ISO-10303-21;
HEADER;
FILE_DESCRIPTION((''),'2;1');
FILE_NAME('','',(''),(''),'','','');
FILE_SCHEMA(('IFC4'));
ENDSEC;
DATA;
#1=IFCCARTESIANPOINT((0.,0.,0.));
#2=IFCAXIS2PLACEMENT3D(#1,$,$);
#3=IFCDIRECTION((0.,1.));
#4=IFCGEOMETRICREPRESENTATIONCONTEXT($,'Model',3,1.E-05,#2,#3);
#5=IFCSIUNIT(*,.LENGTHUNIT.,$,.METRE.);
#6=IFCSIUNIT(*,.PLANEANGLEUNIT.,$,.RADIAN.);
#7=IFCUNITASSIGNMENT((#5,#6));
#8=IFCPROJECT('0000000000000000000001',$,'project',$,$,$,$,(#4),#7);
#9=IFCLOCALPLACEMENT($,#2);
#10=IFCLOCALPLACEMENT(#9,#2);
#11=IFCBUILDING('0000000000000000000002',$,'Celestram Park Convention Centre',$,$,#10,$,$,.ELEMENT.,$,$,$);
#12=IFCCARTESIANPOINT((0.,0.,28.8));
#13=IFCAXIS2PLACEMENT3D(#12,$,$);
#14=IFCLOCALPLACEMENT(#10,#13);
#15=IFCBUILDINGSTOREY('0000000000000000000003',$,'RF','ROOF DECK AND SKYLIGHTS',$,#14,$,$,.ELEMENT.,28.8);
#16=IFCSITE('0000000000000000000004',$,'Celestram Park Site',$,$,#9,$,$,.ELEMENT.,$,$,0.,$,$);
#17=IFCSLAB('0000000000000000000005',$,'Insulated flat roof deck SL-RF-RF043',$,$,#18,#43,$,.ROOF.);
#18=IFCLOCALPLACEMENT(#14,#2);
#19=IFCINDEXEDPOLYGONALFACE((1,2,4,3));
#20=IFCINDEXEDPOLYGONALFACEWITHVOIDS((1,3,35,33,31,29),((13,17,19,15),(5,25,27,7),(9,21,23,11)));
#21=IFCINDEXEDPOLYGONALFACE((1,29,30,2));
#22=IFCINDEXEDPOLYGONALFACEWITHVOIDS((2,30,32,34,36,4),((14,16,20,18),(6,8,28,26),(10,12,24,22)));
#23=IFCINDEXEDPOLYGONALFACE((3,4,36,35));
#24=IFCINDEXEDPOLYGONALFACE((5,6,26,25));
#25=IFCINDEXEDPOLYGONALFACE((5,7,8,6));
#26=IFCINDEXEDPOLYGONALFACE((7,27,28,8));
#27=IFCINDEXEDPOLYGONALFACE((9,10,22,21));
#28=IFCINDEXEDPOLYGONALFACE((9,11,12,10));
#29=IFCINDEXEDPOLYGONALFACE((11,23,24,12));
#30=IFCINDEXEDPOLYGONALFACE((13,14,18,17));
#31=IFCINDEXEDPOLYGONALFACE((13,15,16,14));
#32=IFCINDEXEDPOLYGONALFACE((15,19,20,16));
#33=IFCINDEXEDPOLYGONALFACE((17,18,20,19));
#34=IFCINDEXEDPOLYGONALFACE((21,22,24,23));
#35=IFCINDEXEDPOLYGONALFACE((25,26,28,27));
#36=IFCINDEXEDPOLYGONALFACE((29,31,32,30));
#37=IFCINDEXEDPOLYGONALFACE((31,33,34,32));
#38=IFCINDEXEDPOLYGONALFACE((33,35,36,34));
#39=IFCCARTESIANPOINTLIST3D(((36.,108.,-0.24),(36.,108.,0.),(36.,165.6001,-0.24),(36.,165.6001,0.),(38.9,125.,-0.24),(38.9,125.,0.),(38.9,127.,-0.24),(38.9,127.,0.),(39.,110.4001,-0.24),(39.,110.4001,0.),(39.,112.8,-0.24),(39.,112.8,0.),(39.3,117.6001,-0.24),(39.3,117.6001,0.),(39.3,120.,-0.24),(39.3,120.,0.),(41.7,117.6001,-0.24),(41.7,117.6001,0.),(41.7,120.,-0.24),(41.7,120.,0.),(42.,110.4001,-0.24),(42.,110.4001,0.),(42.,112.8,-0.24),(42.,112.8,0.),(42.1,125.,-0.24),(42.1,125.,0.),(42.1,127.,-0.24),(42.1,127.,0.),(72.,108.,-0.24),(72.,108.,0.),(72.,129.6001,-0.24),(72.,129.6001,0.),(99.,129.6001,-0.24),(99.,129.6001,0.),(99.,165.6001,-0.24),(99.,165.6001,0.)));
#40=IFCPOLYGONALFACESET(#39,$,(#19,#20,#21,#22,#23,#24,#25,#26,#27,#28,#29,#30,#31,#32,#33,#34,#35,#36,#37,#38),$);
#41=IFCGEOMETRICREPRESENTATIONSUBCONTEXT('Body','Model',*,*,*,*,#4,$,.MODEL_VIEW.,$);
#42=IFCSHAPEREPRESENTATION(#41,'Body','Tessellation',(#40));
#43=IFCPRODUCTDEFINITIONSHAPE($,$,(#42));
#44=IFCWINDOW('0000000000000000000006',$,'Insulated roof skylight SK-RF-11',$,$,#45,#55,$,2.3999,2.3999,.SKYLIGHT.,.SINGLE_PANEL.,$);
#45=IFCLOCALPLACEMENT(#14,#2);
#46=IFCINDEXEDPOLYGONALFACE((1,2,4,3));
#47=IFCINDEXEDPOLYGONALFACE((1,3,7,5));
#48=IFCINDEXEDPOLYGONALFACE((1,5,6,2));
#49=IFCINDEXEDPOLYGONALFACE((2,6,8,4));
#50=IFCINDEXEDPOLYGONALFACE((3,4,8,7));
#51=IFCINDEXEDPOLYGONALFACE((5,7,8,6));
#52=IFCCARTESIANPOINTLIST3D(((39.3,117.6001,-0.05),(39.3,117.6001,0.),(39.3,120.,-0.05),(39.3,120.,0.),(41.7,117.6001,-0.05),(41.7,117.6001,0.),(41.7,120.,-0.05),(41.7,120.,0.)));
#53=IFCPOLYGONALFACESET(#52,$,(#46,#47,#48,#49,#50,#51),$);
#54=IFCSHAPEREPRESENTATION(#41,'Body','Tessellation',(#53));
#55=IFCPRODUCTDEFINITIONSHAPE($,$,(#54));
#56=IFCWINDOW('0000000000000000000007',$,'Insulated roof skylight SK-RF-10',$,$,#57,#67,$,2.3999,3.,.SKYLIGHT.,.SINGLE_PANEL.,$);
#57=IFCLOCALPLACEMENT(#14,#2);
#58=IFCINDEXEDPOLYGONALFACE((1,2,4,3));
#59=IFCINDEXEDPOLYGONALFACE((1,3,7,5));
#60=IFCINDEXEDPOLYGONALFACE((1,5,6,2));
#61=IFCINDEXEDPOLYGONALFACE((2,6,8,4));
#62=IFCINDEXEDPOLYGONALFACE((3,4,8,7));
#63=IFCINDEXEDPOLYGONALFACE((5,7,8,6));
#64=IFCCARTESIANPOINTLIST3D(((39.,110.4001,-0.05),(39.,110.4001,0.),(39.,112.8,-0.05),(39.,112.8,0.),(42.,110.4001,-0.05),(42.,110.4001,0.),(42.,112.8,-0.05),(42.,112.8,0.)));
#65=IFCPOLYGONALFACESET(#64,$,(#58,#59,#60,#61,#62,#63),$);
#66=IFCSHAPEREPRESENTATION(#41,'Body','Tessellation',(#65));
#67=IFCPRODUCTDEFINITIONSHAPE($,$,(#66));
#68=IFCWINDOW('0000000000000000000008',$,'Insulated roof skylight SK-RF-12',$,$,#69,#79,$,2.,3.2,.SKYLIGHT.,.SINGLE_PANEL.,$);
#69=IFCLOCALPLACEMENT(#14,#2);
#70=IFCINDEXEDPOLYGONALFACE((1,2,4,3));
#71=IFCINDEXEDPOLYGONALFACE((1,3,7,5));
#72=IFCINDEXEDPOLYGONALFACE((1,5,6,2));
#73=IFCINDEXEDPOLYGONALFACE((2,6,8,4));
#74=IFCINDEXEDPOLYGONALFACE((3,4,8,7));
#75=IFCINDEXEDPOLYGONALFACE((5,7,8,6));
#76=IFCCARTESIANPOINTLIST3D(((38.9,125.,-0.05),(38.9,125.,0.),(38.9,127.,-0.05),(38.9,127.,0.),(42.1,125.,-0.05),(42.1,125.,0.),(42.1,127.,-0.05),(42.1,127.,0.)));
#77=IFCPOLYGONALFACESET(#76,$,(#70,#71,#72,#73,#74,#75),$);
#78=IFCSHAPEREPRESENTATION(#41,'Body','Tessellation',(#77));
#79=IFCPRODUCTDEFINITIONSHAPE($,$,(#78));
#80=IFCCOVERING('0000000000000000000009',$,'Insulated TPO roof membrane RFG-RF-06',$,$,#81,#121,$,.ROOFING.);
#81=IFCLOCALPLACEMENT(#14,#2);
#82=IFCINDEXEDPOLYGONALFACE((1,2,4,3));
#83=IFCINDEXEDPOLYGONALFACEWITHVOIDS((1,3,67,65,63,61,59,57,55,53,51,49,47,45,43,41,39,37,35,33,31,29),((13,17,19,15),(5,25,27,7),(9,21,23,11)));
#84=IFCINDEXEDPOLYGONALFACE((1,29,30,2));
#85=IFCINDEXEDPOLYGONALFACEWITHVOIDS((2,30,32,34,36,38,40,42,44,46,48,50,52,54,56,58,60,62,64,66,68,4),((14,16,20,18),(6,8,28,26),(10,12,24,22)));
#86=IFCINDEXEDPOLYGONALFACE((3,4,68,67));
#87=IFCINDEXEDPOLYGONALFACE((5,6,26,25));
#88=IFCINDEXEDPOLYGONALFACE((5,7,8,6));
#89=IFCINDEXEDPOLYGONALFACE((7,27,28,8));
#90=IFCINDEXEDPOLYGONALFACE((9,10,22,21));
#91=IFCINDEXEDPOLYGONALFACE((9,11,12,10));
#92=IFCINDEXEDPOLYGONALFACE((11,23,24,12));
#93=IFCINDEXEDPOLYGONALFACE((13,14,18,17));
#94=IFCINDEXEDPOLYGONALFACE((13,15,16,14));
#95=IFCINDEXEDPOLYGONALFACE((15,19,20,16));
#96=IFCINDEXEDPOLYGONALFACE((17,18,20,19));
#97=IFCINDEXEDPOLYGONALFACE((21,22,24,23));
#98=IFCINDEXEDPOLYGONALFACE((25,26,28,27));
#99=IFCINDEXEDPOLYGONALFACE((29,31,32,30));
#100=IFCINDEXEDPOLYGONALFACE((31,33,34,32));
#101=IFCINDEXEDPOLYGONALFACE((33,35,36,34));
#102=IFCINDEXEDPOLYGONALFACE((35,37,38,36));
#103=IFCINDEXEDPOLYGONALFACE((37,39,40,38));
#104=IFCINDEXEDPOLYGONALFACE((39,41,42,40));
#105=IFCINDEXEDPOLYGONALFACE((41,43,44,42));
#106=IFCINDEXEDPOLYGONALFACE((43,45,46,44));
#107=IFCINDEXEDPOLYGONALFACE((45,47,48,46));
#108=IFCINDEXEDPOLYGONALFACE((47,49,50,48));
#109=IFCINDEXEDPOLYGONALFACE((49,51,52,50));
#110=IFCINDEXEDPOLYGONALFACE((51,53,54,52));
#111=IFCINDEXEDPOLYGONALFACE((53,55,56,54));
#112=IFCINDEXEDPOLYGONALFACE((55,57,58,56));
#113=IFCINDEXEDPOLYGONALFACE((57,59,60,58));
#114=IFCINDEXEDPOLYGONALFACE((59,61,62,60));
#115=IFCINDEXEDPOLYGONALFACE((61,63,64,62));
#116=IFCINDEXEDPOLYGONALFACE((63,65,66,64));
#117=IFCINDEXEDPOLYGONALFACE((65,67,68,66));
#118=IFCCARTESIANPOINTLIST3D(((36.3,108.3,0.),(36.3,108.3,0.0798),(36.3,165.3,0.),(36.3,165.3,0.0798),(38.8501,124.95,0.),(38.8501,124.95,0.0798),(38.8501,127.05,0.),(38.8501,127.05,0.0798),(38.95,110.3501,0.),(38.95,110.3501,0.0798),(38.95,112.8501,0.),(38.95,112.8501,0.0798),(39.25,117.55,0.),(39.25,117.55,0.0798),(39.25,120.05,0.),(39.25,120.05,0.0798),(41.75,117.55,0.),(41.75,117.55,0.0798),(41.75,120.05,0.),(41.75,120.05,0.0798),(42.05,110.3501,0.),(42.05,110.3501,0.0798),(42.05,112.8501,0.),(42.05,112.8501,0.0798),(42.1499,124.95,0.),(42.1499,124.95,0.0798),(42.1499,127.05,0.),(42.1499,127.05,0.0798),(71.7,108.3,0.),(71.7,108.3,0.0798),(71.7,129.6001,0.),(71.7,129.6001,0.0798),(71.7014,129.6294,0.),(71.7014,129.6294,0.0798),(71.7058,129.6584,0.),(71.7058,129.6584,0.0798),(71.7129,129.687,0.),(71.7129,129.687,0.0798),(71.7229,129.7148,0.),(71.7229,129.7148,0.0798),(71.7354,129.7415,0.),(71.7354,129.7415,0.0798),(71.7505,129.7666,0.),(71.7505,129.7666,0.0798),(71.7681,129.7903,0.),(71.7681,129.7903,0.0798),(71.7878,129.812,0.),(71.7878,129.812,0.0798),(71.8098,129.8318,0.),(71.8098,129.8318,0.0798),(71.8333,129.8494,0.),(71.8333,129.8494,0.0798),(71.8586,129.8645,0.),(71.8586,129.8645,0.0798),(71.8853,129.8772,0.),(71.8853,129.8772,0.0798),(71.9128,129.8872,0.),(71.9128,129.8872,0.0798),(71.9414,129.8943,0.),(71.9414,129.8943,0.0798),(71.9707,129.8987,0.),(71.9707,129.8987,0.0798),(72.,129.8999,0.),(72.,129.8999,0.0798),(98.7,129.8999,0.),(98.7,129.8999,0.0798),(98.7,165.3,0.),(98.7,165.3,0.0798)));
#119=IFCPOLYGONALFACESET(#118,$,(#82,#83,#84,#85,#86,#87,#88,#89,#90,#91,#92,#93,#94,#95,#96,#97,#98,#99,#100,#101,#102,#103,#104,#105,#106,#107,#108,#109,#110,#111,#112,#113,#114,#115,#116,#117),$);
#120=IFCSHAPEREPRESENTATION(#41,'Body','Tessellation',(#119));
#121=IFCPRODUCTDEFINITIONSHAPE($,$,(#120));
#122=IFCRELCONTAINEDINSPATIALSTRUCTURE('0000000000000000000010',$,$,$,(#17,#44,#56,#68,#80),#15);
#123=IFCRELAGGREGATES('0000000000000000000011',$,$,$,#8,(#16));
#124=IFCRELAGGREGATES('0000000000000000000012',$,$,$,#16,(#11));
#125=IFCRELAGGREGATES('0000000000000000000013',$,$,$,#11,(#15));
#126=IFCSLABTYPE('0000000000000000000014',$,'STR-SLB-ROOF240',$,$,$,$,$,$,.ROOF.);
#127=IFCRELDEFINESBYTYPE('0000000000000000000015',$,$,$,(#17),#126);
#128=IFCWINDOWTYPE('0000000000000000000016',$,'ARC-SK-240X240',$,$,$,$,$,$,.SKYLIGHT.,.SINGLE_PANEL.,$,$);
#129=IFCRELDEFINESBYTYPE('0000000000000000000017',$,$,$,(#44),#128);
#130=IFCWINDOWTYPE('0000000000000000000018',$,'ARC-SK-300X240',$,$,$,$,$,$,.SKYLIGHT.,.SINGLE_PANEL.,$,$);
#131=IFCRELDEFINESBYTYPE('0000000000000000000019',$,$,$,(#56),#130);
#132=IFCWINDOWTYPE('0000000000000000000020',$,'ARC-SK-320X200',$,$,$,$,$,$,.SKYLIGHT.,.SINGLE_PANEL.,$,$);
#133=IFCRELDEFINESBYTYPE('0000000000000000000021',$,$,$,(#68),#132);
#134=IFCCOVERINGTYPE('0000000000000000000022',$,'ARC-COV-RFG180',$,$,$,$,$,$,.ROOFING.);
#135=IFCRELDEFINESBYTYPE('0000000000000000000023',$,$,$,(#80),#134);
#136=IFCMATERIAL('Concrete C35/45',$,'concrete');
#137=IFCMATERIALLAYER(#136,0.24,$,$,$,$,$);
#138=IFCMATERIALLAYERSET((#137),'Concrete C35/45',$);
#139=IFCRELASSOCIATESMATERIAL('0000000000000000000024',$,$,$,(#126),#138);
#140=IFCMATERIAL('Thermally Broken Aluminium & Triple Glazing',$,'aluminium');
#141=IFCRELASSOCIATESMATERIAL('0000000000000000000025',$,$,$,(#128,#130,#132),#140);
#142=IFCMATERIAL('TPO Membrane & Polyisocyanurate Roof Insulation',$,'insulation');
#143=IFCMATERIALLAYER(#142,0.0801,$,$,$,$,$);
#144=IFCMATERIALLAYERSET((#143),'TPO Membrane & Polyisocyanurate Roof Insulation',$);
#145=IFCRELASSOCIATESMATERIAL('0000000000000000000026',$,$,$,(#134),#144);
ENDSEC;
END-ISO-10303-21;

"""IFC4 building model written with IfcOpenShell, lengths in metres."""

from ifc_helpers import new_model, si_unit, direction, frame, origin, origin_2d, place, context, subcontext, project, spatial, polyline, rectangle, outline, extrude, material, layer, layer_set, type_object, element, fill, save


model = new_model("IFC4")

# Units and contexts
model_context = context("Model", 3, precision=1e-05, world=origin(), true_north=direction((0.0, 1.0)))
body_context = subcontext(model_context, "Body", "Model", "MODEL_VIEW")
ifc_project = project(units=[si_unit("LENGTHUNIT", "METRE"), si_unit("PLANEANGLEUNIT", "RADIAN")], contexts=[model_context])

# Site, building, storey
site_placement = place(None, origin())
site = spatial("IfcSite", under=ifc_project, at=site_placement, Name="Celestram Park Site", CompositionType="ELEMENT", RefElevation=0.0)
building_placement = place(site_placement, origin())
building = spatial("IfcBuilding", under=site, at=building_placement, Name="Celestram Park Convention Centre", CompositionType="ELEMENT")
storey_placement = place(building_placement, frame((0.0, 0.0, 28.8)))
storey = spatial("IfcBuildingStorey", under=building, at=storey_placement, Name="RF", Description="ROOF DECK AND SKYLIGHTS", CompositionType="ELEMENT", Elevation=28.8)

# Slab, openings, windows
ifc_material_1 = material(Name="Concrete C35/45", Category="concrete")
ifc_layer_1 = layer(ifc_material_1, 0.24)
ifc_layer_set_1 = layer_set([ifc_layer_1], Name="Concrete C35/45")
slab_type = type_object("IfcSlabType", Name="STR-SLB-ROOF240", PredefinedType="ROOF", material=ifc_layer_set_1)
slab_placement = place(storey_placement, frame((0.0, 0.0, -0.24)))
slab = element("IfcSlab", 1, at=slab_placement, inside=storey, type_object=slab_type, Name="Insulated flat roof deck SL-RF-RF043", PredefinedType="ROOF", context=body_context, shape_type="SweptSolid", body=[
    extrude(outline(polyline([(36.0, 129.6001), (36.0, 136.8), (36.0, 165.6001), (99.0, 165.6001), (99.0, 129.6001), (72.0, 129.6001), (72.0, 108.0), (36.0, 108.0), (36.0, 129.6001)])), origin(), (0.0, 0.0, 1.0), 0.24),
])
opening_1_placement = place(slab_placement, frame((40.5, 111.6001, -0.01)))
opening_1 = element("IfcOpeningElement", 2, at=opening_1_placement, cuts=slab, PredefinedType="OPENING", context=body_context, shape_type="SweptSolid", body=[
    extrude(rectangle(XDim=3.0, YDim=2.3999, at=origin_2d()), origin(), (0.0, 0.0, 1.0), 0.26),
])
opening_2_placement = place(slab_placement, frame((40.5, 118.8, -0.01)))
opening_2 = element("IfcOpeningElement", 3, at=opening_2_placement, cuts=slab, PredefinedType="OPENING", context=body_context, shape_type="SweptSolid", body=[
    extrude(rectangle(XDim=2.3999, YDim=2.3999, at=origin_2d()), origin(), (0.0, 0.0, 1.0), 0.26),
])
opening_3_placement = place(slab_placement, frame((40.5, 126.0, -0.01)))
opening_3 = element("IfcOpeningElement", 4, at=opening_3_placement, cuts=slab, PredefinedType="OPENING", context=body_context, shape_type="SweptSolid", body=[
    extrude(rectangle(XDim=3.2, YDim=2.0, at=origin_2d()), origin(), (0.0, 0.0, 1.0), 0.26),
])
ifc_material_2 = material(Name="Thermally Broken Aluminium & Triple Glazing", Category="aluminium")
window_type_1 = type_object("IfcWindowType", Name="ARC-SK-240X240", PartitioningType="SINGLE_PANEL", PredefinedType="SKYLIGHT", material=ifc_material_2)
window_1_placement = place(opening_2_placement, frame((0.0, 0.0, 0.2)))
window_1 = element("IfcWindow", 5, at=window_1_placement, inside=storey, type_object=window_type_1, Name="Insulated roof skylight SK-RF-11", OverallHeight=2.3999, OverallWidth=2.3999, PartitioningType="SINGLE_PANEL", PredefinedType="SKYLIGHT", context=body_context, shape_type="SweptSolid", body=[
    extrude(rectangle(XDim=2.3999, YDim=2.3999, at=origin_2d()), origin(), (0.0, 0.0, 1.0), 0.05),
])
fill(opening_2, window_1)
window_type_2 = type_object("IfcWindowType", Name="ARC-SK-300X240", PartitioningType="SINGLE_PANEL", PredefinedType="SKYLIGHT", material=ifc_material_2)
window_2_placement = place(opening_1_placement, frame((0.0, 0.0, 0.2)))
window_2 = element("IfcWindow", 6, at=window_2_placement, inside=storey, type_object=window_type_2, Name="Insulated roof skylight SK-RF-10", OverallHeight=2.3999, OverallWidth=3.0, PartitioningType="SINGLE_PANEL", PredefinedType="SKYLIGHT", context=body_context, shape_type="SweptSolid", body=[
    extrude(rectangle(XDim=3.0, YDim=2.3999, at=origin_2d()), origin(), (0.0, 0.0, 1.0), 0.05),
])
fill(opening_1, window_2)
window_type_3 = type_object("IfcWindowType", Name="ARC-SK-320X200", PartitioningType="SINGLE_PANEL", PredefinedType="SKYLIGHT", material=ifc_material_2)
window_3_placement = place(opening_3_placement, frame((0.0, 0.0, 0.2)))
window_3 = element("IfcWindow", 7, at=window_3_placement, inside=storey, type_object=window_type_3, Name="Insulated roof skylight SK-RF-12", OverallHeight=2.0, OverallWidth=3.2, PartitioningType="SINGLE_PANEL", PredefinedType="SKYLIGHT", context=body_context, shape_type="SweptSolid", body=[
    extrude(rectangle(XDim=3.2, YDim=2.0, at=origin_2d()), origin(), (0.0, 0.0, 1.0), 0.05),
])
fill(opening_3, window_3)

# Covering
ifc_material_3 = material(Name="TPO Membrane & Polyisocyanurate Roof Insulation", Category="insulation")
ifc_layer_2 = layer(ifc_material_3, 0.0801)
ifc_layer_set_2 = layer_set([ifc_layer_2], Name="TPO Membrane & Polyisocyanurate Roof Insulation")
covering_type = type_object("IfcCoveringType", Name="ARC-COV-RFG180", PredefinedType="ROOFING", material=ifc_layer_set_2)
covering_placement = place(storey_placement, origin())
element("IfcCovering", 8, at=covering_placement, inside=storey, type_object=covering_type, Name="Insulated TPO roof membrane RFG-RF-06", PredefinedType="ROOFING", context=body_context, shape_type="SweptSolid", body=[
    extrude(outline(polyline([(98.7, 165.3), (98.7, 129.8999), (72.0, 129.8999), (71.9707, 129.8987), (71.9414, 129.8943), (71.9128, 129.8872), (71.8853, 129.8772), (71.8586, 129.8645), (71.8333, 129.8494), (71.8098, 129.8318), (71.7878, 129.812), (71.7681, 129.7903), (71.7505, 129.7666), (71.7354, 129.7415), (71.7229, 129.7148), (71.7129, 129.687), (71.7058, 129.6584), (71.7014, 129.6294), (71.7, 129.6001), (71.7, 108.3), (36.3, 108.3), (36.3, 165.3), (98.7, 165.3)]), holes=[polyline([(42.05, 110.3501), (42.05, 112.8501), (38.95, 112.8501), (38.95, 110.3501), (42.05, 110.3501)]), polyline([(39.25, 117.55), (41.75, 117.55), (41.75, 120.05), (39.25, 120.05), (39.25, 117.55)]), polyline([(38.8501, 124.95), (42.1499, 124.95), (42.1499, 127.05), (38.8501, 127.05), (38.8501, 124.95)])]), origin(), (0.0, 0.0, 1.0), 0.0798),
])

save(model, "model.ifc")
